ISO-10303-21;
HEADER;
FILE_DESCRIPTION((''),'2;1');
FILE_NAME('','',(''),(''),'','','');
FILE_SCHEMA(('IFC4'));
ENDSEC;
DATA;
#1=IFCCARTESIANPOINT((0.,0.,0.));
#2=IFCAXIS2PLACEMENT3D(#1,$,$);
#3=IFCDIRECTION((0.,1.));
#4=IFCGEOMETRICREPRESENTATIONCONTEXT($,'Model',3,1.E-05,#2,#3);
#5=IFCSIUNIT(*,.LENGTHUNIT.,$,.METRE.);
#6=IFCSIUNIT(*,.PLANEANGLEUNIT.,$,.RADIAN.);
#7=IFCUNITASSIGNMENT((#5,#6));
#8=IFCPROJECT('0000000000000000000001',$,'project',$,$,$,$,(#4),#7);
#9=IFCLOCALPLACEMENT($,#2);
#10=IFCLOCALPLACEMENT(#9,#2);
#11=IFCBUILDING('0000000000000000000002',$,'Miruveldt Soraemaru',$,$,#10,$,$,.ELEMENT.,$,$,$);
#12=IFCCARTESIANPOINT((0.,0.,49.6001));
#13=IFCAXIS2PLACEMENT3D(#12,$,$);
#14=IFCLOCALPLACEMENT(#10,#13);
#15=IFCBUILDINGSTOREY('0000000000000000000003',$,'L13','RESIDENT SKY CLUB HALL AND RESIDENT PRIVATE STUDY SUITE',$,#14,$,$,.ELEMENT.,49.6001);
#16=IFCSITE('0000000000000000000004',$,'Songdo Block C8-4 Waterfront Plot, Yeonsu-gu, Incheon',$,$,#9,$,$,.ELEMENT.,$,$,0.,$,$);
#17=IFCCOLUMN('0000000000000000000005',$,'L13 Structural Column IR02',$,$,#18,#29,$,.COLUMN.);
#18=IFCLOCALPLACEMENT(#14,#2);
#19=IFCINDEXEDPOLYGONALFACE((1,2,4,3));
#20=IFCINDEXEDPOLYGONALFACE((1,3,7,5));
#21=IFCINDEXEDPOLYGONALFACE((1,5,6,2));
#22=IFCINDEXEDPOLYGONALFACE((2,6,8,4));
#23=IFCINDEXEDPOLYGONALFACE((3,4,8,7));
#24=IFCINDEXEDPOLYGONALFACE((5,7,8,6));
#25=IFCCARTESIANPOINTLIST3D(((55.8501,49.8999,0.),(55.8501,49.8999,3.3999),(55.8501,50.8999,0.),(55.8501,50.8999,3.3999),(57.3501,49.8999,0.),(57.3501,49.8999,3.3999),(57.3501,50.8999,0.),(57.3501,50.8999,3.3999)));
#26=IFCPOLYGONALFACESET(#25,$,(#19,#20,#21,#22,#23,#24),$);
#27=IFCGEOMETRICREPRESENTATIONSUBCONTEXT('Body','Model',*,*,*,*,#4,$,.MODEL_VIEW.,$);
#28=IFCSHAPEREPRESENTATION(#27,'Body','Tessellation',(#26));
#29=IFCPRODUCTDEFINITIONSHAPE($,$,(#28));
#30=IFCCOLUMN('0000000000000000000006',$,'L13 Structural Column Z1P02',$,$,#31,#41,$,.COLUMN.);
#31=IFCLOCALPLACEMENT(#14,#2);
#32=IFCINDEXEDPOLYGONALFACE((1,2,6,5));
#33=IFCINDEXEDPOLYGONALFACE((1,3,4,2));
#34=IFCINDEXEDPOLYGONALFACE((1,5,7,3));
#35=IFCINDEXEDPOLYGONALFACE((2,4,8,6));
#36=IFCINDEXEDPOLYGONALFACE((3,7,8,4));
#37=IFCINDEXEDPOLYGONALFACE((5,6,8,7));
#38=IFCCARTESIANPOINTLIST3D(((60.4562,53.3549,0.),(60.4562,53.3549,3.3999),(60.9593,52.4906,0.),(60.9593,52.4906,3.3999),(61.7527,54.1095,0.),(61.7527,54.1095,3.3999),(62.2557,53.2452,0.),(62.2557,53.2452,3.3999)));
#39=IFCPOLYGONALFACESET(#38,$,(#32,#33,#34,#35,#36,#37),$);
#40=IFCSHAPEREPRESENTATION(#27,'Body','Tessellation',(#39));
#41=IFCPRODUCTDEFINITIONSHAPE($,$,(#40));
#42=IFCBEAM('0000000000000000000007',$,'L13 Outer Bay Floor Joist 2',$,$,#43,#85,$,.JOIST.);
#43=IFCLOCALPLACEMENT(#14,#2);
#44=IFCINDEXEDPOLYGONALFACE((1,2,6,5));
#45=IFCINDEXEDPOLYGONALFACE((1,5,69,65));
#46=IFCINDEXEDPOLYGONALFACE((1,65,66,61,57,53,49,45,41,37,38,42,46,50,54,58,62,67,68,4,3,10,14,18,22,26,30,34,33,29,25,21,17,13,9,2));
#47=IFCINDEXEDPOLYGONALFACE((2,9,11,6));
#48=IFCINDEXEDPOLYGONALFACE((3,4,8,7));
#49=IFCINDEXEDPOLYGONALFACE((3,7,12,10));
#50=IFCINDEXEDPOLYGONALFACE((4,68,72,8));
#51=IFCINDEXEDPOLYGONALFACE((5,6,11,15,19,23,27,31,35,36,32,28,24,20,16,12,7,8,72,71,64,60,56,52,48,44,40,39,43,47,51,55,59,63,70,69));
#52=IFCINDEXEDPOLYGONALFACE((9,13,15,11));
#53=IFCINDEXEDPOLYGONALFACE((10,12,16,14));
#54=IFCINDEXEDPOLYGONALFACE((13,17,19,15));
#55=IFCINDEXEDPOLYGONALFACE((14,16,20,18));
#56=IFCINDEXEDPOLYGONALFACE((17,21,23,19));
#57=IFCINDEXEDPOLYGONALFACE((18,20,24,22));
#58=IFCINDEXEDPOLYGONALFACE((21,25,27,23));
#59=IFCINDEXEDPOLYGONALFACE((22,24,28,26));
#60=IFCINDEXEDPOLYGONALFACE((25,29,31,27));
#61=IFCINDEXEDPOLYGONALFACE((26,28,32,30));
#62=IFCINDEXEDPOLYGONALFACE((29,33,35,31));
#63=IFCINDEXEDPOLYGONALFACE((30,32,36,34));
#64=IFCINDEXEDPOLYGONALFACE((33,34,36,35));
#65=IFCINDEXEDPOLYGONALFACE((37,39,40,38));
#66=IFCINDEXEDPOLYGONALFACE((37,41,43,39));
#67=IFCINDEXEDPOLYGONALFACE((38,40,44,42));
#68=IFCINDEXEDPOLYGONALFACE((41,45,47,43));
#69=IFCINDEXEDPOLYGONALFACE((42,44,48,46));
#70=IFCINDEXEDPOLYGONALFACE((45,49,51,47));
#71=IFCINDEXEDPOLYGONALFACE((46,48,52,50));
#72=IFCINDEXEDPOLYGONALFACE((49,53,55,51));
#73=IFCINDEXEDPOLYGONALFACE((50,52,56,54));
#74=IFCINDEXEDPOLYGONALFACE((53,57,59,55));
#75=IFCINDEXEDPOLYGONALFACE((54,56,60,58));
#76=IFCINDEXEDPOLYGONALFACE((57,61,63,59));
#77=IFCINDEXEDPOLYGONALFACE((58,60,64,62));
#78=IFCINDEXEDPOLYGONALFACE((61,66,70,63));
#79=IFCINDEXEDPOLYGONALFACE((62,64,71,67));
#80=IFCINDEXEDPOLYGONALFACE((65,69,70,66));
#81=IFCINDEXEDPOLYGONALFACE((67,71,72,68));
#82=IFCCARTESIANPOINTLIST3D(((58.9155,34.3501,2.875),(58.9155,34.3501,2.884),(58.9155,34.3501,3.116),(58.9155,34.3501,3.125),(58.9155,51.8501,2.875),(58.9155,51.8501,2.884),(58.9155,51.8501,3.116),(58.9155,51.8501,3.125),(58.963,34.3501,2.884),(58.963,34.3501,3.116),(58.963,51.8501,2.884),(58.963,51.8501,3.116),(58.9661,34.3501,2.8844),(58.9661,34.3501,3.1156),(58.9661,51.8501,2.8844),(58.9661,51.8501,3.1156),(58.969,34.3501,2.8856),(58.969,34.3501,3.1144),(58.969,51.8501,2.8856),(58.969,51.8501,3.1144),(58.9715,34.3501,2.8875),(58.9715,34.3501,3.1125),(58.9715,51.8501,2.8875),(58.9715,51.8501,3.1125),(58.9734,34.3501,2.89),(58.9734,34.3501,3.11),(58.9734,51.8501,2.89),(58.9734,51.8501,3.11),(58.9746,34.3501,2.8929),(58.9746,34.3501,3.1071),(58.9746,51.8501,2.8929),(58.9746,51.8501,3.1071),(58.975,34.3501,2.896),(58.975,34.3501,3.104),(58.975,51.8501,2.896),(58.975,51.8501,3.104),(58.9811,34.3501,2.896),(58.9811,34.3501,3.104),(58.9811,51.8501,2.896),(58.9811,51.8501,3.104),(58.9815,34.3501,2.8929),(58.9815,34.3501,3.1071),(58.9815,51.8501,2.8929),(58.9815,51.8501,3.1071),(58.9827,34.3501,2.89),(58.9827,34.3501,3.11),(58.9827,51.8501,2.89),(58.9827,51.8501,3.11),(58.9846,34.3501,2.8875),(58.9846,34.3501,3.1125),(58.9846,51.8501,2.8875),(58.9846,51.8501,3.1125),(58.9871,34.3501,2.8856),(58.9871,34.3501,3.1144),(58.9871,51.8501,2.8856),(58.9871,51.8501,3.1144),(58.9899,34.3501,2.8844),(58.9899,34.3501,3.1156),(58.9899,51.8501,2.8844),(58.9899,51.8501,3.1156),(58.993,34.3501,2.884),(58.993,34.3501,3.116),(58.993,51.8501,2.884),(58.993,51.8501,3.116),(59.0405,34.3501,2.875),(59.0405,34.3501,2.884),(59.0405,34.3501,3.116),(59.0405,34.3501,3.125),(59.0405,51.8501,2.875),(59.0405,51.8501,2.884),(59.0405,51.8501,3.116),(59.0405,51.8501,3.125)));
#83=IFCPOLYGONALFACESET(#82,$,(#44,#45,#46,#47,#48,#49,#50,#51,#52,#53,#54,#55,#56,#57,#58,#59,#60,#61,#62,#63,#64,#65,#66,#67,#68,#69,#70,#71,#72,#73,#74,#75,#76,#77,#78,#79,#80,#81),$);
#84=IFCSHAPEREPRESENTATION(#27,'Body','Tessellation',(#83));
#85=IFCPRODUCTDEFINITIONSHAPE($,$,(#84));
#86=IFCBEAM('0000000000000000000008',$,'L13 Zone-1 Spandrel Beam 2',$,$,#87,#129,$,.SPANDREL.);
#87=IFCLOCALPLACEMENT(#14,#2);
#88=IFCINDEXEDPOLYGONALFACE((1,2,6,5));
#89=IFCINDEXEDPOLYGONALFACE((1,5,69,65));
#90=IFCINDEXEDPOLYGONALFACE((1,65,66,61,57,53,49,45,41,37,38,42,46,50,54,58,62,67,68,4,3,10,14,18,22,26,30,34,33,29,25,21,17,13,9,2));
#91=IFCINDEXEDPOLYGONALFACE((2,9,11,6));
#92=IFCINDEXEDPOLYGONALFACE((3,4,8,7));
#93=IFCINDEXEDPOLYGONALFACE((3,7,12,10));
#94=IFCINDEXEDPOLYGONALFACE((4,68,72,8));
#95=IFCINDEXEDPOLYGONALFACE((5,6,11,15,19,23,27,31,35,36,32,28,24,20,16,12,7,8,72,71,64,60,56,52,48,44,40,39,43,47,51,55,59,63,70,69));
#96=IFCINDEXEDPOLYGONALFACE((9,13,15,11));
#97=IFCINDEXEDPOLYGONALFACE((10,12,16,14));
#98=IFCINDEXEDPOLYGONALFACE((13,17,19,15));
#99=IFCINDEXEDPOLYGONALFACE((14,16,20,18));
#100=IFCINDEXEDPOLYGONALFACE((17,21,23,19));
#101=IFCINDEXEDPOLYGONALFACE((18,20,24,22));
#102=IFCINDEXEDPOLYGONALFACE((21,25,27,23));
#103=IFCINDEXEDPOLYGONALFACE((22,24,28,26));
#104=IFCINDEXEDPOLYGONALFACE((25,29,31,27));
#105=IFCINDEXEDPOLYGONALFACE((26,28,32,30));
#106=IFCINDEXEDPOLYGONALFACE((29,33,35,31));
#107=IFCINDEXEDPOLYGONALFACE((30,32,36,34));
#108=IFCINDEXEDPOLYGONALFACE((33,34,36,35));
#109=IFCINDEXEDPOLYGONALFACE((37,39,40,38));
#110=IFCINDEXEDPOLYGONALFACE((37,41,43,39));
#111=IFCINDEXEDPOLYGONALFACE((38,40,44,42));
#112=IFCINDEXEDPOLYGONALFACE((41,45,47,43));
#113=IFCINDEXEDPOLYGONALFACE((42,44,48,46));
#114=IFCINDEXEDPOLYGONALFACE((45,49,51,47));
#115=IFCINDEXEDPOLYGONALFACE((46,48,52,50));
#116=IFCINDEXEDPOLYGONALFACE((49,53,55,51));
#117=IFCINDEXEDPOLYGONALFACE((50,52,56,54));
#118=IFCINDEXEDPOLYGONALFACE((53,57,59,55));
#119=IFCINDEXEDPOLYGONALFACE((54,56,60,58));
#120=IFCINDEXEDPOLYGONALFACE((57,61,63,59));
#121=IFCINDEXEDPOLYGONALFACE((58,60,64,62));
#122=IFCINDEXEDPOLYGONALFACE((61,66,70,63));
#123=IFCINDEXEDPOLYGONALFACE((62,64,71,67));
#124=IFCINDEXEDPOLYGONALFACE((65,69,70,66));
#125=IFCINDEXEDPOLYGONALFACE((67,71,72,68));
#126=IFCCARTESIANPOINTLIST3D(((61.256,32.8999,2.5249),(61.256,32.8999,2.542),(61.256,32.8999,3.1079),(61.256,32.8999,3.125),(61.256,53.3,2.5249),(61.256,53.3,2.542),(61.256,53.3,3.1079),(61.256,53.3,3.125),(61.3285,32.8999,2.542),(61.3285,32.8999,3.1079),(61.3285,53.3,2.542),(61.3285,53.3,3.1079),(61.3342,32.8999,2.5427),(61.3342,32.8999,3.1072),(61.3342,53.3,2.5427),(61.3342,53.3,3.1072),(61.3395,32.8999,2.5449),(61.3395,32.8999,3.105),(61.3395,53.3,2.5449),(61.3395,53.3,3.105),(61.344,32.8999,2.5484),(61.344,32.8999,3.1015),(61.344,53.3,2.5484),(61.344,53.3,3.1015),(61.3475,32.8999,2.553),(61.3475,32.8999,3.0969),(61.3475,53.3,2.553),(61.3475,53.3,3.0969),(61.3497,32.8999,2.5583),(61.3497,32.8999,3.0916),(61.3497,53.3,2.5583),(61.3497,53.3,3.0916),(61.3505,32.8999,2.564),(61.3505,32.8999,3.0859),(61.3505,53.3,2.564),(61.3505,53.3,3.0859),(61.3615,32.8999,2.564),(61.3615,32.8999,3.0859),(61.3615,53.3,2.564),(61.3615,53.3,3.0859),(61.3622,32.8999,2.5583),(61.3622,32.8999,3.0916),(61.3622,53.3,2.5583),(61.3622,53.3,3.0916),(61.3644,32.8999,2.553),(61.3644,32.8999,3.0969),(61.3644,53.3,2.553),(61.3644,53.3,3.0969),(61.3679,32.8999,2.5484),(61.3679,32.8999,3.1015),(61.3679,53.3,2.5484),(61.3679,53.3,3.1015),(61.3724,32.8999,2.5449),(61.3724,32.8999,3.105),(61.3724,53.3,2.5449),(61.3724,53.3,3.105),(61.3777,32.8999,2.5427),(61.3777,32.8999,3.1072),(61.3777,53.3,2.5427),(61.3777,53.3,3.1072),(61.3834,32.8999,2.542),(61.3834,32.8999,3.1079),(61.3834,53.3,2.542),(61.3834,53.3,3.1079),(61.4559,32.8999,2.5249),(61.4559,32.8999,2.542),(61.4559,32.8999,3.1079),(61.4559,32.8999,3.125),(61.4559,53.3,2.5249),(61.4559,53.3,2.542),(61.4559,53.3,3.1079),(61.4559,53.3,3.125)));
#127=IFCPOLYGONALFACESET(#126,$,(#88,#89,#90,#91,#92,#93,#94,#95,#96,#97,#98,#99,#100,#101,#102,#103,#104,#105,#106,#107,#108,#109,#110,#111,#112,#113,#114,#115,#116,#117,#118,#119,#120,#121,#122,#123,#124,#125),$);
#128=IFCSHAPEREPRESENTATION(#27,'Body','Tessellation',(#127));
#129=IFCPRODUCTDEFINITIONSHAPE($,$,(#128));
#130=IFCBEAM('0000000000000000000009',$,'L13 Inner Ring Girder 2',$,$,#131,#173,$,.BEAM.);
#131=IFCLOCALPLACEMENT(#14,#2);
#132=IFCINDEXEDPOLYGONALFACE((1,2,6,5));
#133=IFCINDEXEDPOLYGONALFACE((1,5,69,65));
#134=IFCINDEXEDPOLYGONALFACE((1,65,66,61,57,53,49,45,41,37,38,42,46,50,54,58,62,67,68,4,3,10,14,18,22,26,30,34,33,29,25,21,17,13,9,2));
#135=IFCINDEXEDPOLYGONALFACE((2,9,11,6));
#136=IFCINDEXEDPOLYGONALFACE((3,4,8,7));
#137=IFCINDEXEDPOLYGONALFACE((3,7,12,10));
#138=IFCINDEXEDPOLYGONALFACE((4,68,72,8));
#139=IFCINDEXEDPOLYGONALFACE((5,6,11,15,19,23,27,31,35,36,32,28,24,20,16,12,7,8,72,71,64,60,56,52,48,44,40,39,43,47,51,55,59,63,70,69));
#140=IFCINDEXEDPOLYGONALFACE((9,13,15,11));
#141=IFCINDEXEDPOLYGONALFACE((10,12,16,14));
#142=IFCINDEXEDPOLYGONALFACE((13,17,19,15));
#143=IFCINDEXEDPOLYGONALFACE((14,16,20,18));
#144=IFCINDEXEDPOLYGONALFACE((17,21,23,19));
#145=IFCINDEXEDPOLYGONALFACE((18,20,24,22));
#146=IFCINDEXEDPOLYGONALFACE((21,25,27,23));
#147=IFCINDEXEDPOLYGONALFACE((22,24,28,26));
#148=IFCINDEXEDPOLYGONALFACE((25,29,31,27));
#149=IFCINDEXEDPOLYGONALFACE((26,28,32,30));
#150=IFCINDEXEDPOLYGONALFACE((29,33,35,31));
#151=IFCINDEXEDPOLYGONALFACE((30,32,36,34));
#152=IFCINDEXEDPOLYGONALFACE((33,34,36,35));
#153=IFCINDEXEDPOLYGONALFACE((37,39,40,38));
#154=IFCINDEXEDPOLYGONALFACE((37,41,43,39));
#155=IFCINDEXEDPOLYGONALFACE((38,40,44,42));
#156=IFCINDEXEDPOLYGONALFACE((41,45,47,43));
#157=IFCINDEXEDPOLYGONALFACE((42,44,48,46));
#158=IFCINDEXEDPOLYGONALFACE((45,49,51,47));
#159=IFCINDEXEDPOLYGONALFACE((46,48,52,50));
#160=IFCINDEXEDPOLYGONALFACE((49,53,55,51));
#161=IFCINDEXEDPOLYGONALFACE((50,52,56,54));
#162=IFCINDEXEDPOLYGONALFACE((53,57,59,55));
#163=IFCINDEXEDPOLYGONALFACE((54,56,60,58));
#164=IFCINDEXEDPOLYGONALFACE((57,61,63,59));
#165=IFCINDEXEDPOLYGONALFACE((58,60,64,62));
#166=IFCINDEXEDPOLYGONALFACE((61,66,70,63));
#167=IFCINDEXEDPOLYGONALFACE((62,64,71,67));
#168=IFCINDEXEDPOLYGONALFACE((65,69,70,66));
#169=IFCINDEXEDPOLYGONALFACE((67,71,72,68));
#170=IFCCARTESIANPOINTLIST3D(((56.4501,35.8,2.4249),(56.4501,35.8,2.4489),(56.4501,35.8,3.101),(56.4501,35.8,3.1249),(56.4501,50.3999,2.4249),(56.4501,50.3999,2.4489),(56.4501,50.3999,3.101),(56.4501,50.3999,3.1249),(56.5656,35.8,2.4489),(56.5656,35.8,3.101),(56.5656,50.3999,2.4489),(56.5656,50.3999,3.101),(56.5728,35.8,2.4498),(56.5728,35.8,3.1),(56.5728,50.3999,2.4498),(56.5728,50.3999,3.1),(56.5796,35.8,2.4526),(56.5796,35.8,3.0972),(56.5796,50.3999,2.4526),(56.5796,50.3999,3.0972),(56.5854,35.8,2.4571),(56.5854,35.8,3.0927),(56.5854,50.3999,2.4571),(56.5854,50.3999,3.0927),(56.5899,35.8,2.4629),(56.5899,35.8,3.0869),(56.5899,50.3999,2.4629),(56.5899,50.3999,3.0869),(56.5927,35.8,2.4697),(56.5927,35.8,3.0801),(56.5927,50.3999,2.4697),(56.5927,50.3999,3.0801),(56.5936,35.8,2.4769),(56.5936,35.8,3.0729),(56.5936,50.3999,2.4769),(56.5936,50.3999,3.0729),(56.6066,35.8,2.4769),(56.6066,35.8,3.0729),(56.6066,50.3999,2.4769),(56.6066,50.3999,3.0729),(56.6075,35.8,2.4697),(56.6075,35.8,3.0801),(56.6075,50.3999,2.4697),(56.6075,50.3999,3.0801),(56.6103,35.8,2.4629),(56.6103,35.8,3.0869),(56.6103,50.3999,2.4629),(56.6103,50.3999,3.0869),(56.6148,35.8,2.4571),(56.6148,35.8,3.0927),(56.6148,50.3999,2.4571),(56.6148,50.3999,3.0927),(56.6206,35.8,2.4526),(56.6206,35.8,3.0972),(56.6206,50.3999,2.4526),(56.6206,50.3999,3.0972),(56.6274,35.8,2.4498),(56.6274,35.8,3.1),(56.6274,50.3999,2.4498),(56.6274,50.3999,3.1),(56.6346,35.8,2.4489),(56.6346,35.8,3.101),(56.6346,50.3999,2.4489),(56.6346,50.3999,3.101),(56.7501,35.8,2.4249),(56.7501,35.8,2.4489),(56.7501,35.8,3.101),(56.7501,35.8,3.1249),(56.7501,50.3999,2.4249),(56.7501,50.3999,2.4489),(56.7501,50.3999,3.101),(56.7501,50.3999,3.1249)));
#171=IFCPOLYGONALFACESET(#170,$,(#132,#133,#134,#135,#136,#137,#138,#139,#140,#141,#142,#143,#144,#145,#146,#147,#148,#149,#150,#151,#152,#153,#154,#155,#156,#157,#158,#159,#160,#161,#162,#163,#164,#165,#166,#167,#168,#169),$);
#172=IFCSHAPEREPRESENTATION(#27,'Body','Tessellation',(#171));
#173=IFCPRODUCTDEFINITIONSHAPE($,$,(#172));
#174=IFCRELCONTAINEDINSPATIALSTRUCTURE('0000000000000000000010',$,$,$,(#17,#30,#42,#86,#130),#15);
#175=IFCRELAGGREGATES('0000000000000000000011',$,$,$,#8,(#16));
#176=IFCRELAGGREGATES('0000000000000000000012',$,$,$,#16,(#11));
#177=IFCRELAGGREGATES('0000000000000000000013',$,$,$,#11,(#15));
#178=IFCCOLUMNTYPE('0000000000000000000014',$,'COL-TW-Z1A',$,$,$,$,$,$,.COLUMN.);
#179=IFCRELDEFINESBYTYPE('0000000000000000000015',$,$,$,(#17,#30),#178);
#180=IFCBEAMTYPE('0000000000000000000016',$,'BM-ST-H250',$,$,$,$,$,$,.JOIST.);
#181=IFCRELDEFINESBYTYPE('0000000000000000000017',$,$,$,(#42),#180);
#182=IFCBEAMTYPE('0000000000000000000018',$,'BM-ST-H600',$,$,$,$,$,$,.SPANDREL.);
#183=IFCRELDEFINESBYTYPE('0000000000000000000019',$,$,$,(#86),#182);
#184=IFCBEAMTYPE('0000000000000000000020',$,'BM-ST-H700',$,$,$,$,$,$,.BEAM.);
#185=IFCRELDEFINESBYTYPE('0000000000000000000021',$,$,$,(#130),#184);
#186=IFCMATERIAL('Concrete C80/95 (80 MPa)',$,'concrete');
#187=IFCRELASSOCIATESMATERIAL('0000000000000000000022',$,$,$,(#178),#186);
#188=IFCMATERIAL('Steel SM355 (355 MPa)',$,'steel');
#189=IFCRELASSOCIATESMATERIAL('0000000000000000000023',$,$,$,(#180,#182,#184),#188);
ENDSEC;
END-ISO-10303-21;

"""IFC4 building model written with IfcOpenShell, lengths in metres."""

from ifc_helpers import new_model, si_unit, direction, frame, origin, origin_2d, place, context, subcontext, project, spatial, rectangle, i_section, extrude, material, material_profile, profile_set, type_object, element, save


model = new_model("IFC4")

# Units and contexts
model_context = context("Model", 3, precision=1e-05, world=origin(), true_north=direction((0.0, 1.0)))
body_context = subcontext(model_context, "Body", "Model", "MODEL_VIEW")
ifc_project = project(units=[si_unit("LENGTHUNIT", "METRE"), si_unit("PLANEANGLEUNIT", "RADIAN")], contexts=[model_context])

# Site, building, storey
site_placement = place(None, origin())
site = spatial("IfcSite", under=ifc_project, at=site_placement, Name="Songdo Block C8-4 Waterfront Plot, Yeonsu-gu, Incheon", CompositionType="ELEMENT", RefElevation=0.0)
building_placement = place(site_placement, origin())
building = spatial("IfcBuilding", under=site, at=building_placement, Name="Miruveldt Soraemaru", CompositionType="ELEMENT")
storey_placement = place(building_placement, frame((0.0, 0.0, 49.6001)))
storey = spatial("IfcBuildingStorey", under=building, at=storey_placement, Name="L13", Description="RESIDENT SKY CLUB HALL AND RESIDENT PRIVATE STUDY SUITE", CompositionType="ELEMENT", Elevation=49.6001)

# Columns
ifc_material_1 = material(Name="Concrete C80/95 (80 MPa)", Category="concrete")
ifc_material_profile_1 = material_profile(ifc_material_1, rectangle(XDim=1.5, YDim=1.0, at=origin_2d()), Name="Concrete C80/95 (80 MPa)", Category="concrete")
ifc_profile_set_1 = profile_set([ifc_material_profile_1], Name="Concrete C80/95 (80 MPa)")
column_type = type_object("IfcColumnType", Name="COL-TW-Z1A", PredefinedType="COLUMN", material=ifc_profile_set_1)
for number, where, z_axis, x_axis, name in (
    (1, (56.6001, 50.3999, 0.0), (0.0, 0.0, 1.0), (1.0, 0.0, 0.0), "L13 Structural Column IR02"),
    (2, (61.356, 53.3, 0.0), (0.0, 0.0, 1.0), (0.864275, 0.50302, 0.0), "L13 Structural Column Z1P02"),
):
    element("IfcColumn", number, at=place(storey_placement, frame(where, z_axis=z_axis, x_axis=x_axis)), inside=storey, type_object=column_type, Name=name, PredefinedType="COLUMN", context=body_context, shape_type="SweptSolid", body=[
        extrude(rectangle(XDim=1.5, YDim=1.0, at=origin_2d()), origin(), (0.0, 0.0, 1.0), 3.3999),
    ])

# Beams
ifc_material_2 = material(Name="Steel SM355 (355 MPa)", Category="steel")
ifc_material_profile_2 = material_profile(ifc_material_2, i_section(OverallWidth=0.125, OverallDepth=0.25, WebThickness=0.0061, FlangeThickness=0.009, FilletRadius=0.012, at=origin_2d()), Name="Steel SM355 (355 MPa)", Category="steel")
ifc_profile_set_2 = profile_set([ifc_material_profile_2], Name="Steel SM355 (355 MPa)")
beam_type_1 = type_object("IfcBeamType", Name="BM-ST-H250", PredefinedType="JOIST", material=ifc_profile_set_2)
beam_1_placement = place(storey_placement, frame((58.978, 51.8501, 3.0), z_axis=(0.0, -1.0, 0.0), x_axis=(1.0, 0.0, 0.0)))
element("IfcBeam", 3, at=beam_1_placement, inside=storey, type_object=beam_type_1, Name="L13 Outer Bay Floor Joist 2", PredefinedType="JOIST", context=body_context, shape_type="SweptSolid", body=[
    extrude(i_section(OverallWidth=0.125, OverallDepth=0.25, WebThickness=0.0061, FlangeThickness=0.009, FilletRadius=0.012, at=origin_2d()), origin(), (0.0, 0.0, 1.0), 17.5),
])
ifc_material_profile_3 = material_profile(ifc_material_2, i_section(OverallWidth=0.2, OverallDepth=0.6001, WebThickness=0.011, FlangeThickness=0.0171, FilletRadius=0.022, at=origin_2d()), Name="Steel SM355 (355 MPa)", Category="steel")
ifc_profile_set_3 = profile_set([ifc_material_profile_3], Name="Steel SM355 (355 MPa)")
beam_type_2 = type_object("IfcBeamType", Name="BM-ST-H600", PredefinedType="SPANDREL", material=ifc_profile_set_3)
beam_2_placement = place(storey_placement, frame((61.356, 53.3, 2.825), z_axis=(0.0, -1.0, 0.0), x_axis=(1.0, 0.0, 0.0)))
element("IfcBeam", 4, at=beam_2_placement, inside=storey, type_object=beam_type_2, Name="L13 Zone-1 Spandrel Beam 2", PredefinedType="SPANDREL", context=body_context, shape_type="SweptSolid", body=[
    extrude(i_section(OverallWidth=0.2, OverallDepth=0.6001, WebThickness=0.011, FlangeThickness=0.0171, FilletRadius=0.022, at=origin_2d()), origin(), (0.0, 0.0, 1.0), 20.4001),
])
ifc_material_profile_4 = material_profile(ifc_material_2, i_section(OverallWidth=0.3, OverallDepth=0.7, WebThickness=0.0129, FlangeThickness=0.0239, FilletRadius=0.0281, at=origin_2d()), Name="Steel SM355 (355 MPa)", Category="steel")
ifc_profile_set_4 = profile_set([ifc_material_profile_4], Name="Steel SM355 (355 MPa)")
beam_type_3 = type_object("IfcBeamType", Name="BM-ST-H700", PredefinedType="BEAM", material=ifc_profile_set_4)
beam_3_placement = place(storey_placement, frame((56.6001, 50.3999, 2.7749), z_axis=(0.0, -1.0, 0.0), x_axis=(1.0, 0.0, 0.0)))
element("IfcBeam", 5, at=beam_3_placement, inside=storey, type_object=beam_type_3, Name="L13 Inner Ring Girder 2", PredefinedType="BEAM", context=body_context, shape_type="SweptSolid", body=[
    extrude(i_section(OverallWidth=0.3, OverallDepth=0.7, WebThickness=0.0129, FlangeThickness=0.0239, FilletRadius=0.0281, at=origin_2d()), origin(), (0.0, 0.0, 1.0), 14.5999),
])

save(model, "model.ifc")
